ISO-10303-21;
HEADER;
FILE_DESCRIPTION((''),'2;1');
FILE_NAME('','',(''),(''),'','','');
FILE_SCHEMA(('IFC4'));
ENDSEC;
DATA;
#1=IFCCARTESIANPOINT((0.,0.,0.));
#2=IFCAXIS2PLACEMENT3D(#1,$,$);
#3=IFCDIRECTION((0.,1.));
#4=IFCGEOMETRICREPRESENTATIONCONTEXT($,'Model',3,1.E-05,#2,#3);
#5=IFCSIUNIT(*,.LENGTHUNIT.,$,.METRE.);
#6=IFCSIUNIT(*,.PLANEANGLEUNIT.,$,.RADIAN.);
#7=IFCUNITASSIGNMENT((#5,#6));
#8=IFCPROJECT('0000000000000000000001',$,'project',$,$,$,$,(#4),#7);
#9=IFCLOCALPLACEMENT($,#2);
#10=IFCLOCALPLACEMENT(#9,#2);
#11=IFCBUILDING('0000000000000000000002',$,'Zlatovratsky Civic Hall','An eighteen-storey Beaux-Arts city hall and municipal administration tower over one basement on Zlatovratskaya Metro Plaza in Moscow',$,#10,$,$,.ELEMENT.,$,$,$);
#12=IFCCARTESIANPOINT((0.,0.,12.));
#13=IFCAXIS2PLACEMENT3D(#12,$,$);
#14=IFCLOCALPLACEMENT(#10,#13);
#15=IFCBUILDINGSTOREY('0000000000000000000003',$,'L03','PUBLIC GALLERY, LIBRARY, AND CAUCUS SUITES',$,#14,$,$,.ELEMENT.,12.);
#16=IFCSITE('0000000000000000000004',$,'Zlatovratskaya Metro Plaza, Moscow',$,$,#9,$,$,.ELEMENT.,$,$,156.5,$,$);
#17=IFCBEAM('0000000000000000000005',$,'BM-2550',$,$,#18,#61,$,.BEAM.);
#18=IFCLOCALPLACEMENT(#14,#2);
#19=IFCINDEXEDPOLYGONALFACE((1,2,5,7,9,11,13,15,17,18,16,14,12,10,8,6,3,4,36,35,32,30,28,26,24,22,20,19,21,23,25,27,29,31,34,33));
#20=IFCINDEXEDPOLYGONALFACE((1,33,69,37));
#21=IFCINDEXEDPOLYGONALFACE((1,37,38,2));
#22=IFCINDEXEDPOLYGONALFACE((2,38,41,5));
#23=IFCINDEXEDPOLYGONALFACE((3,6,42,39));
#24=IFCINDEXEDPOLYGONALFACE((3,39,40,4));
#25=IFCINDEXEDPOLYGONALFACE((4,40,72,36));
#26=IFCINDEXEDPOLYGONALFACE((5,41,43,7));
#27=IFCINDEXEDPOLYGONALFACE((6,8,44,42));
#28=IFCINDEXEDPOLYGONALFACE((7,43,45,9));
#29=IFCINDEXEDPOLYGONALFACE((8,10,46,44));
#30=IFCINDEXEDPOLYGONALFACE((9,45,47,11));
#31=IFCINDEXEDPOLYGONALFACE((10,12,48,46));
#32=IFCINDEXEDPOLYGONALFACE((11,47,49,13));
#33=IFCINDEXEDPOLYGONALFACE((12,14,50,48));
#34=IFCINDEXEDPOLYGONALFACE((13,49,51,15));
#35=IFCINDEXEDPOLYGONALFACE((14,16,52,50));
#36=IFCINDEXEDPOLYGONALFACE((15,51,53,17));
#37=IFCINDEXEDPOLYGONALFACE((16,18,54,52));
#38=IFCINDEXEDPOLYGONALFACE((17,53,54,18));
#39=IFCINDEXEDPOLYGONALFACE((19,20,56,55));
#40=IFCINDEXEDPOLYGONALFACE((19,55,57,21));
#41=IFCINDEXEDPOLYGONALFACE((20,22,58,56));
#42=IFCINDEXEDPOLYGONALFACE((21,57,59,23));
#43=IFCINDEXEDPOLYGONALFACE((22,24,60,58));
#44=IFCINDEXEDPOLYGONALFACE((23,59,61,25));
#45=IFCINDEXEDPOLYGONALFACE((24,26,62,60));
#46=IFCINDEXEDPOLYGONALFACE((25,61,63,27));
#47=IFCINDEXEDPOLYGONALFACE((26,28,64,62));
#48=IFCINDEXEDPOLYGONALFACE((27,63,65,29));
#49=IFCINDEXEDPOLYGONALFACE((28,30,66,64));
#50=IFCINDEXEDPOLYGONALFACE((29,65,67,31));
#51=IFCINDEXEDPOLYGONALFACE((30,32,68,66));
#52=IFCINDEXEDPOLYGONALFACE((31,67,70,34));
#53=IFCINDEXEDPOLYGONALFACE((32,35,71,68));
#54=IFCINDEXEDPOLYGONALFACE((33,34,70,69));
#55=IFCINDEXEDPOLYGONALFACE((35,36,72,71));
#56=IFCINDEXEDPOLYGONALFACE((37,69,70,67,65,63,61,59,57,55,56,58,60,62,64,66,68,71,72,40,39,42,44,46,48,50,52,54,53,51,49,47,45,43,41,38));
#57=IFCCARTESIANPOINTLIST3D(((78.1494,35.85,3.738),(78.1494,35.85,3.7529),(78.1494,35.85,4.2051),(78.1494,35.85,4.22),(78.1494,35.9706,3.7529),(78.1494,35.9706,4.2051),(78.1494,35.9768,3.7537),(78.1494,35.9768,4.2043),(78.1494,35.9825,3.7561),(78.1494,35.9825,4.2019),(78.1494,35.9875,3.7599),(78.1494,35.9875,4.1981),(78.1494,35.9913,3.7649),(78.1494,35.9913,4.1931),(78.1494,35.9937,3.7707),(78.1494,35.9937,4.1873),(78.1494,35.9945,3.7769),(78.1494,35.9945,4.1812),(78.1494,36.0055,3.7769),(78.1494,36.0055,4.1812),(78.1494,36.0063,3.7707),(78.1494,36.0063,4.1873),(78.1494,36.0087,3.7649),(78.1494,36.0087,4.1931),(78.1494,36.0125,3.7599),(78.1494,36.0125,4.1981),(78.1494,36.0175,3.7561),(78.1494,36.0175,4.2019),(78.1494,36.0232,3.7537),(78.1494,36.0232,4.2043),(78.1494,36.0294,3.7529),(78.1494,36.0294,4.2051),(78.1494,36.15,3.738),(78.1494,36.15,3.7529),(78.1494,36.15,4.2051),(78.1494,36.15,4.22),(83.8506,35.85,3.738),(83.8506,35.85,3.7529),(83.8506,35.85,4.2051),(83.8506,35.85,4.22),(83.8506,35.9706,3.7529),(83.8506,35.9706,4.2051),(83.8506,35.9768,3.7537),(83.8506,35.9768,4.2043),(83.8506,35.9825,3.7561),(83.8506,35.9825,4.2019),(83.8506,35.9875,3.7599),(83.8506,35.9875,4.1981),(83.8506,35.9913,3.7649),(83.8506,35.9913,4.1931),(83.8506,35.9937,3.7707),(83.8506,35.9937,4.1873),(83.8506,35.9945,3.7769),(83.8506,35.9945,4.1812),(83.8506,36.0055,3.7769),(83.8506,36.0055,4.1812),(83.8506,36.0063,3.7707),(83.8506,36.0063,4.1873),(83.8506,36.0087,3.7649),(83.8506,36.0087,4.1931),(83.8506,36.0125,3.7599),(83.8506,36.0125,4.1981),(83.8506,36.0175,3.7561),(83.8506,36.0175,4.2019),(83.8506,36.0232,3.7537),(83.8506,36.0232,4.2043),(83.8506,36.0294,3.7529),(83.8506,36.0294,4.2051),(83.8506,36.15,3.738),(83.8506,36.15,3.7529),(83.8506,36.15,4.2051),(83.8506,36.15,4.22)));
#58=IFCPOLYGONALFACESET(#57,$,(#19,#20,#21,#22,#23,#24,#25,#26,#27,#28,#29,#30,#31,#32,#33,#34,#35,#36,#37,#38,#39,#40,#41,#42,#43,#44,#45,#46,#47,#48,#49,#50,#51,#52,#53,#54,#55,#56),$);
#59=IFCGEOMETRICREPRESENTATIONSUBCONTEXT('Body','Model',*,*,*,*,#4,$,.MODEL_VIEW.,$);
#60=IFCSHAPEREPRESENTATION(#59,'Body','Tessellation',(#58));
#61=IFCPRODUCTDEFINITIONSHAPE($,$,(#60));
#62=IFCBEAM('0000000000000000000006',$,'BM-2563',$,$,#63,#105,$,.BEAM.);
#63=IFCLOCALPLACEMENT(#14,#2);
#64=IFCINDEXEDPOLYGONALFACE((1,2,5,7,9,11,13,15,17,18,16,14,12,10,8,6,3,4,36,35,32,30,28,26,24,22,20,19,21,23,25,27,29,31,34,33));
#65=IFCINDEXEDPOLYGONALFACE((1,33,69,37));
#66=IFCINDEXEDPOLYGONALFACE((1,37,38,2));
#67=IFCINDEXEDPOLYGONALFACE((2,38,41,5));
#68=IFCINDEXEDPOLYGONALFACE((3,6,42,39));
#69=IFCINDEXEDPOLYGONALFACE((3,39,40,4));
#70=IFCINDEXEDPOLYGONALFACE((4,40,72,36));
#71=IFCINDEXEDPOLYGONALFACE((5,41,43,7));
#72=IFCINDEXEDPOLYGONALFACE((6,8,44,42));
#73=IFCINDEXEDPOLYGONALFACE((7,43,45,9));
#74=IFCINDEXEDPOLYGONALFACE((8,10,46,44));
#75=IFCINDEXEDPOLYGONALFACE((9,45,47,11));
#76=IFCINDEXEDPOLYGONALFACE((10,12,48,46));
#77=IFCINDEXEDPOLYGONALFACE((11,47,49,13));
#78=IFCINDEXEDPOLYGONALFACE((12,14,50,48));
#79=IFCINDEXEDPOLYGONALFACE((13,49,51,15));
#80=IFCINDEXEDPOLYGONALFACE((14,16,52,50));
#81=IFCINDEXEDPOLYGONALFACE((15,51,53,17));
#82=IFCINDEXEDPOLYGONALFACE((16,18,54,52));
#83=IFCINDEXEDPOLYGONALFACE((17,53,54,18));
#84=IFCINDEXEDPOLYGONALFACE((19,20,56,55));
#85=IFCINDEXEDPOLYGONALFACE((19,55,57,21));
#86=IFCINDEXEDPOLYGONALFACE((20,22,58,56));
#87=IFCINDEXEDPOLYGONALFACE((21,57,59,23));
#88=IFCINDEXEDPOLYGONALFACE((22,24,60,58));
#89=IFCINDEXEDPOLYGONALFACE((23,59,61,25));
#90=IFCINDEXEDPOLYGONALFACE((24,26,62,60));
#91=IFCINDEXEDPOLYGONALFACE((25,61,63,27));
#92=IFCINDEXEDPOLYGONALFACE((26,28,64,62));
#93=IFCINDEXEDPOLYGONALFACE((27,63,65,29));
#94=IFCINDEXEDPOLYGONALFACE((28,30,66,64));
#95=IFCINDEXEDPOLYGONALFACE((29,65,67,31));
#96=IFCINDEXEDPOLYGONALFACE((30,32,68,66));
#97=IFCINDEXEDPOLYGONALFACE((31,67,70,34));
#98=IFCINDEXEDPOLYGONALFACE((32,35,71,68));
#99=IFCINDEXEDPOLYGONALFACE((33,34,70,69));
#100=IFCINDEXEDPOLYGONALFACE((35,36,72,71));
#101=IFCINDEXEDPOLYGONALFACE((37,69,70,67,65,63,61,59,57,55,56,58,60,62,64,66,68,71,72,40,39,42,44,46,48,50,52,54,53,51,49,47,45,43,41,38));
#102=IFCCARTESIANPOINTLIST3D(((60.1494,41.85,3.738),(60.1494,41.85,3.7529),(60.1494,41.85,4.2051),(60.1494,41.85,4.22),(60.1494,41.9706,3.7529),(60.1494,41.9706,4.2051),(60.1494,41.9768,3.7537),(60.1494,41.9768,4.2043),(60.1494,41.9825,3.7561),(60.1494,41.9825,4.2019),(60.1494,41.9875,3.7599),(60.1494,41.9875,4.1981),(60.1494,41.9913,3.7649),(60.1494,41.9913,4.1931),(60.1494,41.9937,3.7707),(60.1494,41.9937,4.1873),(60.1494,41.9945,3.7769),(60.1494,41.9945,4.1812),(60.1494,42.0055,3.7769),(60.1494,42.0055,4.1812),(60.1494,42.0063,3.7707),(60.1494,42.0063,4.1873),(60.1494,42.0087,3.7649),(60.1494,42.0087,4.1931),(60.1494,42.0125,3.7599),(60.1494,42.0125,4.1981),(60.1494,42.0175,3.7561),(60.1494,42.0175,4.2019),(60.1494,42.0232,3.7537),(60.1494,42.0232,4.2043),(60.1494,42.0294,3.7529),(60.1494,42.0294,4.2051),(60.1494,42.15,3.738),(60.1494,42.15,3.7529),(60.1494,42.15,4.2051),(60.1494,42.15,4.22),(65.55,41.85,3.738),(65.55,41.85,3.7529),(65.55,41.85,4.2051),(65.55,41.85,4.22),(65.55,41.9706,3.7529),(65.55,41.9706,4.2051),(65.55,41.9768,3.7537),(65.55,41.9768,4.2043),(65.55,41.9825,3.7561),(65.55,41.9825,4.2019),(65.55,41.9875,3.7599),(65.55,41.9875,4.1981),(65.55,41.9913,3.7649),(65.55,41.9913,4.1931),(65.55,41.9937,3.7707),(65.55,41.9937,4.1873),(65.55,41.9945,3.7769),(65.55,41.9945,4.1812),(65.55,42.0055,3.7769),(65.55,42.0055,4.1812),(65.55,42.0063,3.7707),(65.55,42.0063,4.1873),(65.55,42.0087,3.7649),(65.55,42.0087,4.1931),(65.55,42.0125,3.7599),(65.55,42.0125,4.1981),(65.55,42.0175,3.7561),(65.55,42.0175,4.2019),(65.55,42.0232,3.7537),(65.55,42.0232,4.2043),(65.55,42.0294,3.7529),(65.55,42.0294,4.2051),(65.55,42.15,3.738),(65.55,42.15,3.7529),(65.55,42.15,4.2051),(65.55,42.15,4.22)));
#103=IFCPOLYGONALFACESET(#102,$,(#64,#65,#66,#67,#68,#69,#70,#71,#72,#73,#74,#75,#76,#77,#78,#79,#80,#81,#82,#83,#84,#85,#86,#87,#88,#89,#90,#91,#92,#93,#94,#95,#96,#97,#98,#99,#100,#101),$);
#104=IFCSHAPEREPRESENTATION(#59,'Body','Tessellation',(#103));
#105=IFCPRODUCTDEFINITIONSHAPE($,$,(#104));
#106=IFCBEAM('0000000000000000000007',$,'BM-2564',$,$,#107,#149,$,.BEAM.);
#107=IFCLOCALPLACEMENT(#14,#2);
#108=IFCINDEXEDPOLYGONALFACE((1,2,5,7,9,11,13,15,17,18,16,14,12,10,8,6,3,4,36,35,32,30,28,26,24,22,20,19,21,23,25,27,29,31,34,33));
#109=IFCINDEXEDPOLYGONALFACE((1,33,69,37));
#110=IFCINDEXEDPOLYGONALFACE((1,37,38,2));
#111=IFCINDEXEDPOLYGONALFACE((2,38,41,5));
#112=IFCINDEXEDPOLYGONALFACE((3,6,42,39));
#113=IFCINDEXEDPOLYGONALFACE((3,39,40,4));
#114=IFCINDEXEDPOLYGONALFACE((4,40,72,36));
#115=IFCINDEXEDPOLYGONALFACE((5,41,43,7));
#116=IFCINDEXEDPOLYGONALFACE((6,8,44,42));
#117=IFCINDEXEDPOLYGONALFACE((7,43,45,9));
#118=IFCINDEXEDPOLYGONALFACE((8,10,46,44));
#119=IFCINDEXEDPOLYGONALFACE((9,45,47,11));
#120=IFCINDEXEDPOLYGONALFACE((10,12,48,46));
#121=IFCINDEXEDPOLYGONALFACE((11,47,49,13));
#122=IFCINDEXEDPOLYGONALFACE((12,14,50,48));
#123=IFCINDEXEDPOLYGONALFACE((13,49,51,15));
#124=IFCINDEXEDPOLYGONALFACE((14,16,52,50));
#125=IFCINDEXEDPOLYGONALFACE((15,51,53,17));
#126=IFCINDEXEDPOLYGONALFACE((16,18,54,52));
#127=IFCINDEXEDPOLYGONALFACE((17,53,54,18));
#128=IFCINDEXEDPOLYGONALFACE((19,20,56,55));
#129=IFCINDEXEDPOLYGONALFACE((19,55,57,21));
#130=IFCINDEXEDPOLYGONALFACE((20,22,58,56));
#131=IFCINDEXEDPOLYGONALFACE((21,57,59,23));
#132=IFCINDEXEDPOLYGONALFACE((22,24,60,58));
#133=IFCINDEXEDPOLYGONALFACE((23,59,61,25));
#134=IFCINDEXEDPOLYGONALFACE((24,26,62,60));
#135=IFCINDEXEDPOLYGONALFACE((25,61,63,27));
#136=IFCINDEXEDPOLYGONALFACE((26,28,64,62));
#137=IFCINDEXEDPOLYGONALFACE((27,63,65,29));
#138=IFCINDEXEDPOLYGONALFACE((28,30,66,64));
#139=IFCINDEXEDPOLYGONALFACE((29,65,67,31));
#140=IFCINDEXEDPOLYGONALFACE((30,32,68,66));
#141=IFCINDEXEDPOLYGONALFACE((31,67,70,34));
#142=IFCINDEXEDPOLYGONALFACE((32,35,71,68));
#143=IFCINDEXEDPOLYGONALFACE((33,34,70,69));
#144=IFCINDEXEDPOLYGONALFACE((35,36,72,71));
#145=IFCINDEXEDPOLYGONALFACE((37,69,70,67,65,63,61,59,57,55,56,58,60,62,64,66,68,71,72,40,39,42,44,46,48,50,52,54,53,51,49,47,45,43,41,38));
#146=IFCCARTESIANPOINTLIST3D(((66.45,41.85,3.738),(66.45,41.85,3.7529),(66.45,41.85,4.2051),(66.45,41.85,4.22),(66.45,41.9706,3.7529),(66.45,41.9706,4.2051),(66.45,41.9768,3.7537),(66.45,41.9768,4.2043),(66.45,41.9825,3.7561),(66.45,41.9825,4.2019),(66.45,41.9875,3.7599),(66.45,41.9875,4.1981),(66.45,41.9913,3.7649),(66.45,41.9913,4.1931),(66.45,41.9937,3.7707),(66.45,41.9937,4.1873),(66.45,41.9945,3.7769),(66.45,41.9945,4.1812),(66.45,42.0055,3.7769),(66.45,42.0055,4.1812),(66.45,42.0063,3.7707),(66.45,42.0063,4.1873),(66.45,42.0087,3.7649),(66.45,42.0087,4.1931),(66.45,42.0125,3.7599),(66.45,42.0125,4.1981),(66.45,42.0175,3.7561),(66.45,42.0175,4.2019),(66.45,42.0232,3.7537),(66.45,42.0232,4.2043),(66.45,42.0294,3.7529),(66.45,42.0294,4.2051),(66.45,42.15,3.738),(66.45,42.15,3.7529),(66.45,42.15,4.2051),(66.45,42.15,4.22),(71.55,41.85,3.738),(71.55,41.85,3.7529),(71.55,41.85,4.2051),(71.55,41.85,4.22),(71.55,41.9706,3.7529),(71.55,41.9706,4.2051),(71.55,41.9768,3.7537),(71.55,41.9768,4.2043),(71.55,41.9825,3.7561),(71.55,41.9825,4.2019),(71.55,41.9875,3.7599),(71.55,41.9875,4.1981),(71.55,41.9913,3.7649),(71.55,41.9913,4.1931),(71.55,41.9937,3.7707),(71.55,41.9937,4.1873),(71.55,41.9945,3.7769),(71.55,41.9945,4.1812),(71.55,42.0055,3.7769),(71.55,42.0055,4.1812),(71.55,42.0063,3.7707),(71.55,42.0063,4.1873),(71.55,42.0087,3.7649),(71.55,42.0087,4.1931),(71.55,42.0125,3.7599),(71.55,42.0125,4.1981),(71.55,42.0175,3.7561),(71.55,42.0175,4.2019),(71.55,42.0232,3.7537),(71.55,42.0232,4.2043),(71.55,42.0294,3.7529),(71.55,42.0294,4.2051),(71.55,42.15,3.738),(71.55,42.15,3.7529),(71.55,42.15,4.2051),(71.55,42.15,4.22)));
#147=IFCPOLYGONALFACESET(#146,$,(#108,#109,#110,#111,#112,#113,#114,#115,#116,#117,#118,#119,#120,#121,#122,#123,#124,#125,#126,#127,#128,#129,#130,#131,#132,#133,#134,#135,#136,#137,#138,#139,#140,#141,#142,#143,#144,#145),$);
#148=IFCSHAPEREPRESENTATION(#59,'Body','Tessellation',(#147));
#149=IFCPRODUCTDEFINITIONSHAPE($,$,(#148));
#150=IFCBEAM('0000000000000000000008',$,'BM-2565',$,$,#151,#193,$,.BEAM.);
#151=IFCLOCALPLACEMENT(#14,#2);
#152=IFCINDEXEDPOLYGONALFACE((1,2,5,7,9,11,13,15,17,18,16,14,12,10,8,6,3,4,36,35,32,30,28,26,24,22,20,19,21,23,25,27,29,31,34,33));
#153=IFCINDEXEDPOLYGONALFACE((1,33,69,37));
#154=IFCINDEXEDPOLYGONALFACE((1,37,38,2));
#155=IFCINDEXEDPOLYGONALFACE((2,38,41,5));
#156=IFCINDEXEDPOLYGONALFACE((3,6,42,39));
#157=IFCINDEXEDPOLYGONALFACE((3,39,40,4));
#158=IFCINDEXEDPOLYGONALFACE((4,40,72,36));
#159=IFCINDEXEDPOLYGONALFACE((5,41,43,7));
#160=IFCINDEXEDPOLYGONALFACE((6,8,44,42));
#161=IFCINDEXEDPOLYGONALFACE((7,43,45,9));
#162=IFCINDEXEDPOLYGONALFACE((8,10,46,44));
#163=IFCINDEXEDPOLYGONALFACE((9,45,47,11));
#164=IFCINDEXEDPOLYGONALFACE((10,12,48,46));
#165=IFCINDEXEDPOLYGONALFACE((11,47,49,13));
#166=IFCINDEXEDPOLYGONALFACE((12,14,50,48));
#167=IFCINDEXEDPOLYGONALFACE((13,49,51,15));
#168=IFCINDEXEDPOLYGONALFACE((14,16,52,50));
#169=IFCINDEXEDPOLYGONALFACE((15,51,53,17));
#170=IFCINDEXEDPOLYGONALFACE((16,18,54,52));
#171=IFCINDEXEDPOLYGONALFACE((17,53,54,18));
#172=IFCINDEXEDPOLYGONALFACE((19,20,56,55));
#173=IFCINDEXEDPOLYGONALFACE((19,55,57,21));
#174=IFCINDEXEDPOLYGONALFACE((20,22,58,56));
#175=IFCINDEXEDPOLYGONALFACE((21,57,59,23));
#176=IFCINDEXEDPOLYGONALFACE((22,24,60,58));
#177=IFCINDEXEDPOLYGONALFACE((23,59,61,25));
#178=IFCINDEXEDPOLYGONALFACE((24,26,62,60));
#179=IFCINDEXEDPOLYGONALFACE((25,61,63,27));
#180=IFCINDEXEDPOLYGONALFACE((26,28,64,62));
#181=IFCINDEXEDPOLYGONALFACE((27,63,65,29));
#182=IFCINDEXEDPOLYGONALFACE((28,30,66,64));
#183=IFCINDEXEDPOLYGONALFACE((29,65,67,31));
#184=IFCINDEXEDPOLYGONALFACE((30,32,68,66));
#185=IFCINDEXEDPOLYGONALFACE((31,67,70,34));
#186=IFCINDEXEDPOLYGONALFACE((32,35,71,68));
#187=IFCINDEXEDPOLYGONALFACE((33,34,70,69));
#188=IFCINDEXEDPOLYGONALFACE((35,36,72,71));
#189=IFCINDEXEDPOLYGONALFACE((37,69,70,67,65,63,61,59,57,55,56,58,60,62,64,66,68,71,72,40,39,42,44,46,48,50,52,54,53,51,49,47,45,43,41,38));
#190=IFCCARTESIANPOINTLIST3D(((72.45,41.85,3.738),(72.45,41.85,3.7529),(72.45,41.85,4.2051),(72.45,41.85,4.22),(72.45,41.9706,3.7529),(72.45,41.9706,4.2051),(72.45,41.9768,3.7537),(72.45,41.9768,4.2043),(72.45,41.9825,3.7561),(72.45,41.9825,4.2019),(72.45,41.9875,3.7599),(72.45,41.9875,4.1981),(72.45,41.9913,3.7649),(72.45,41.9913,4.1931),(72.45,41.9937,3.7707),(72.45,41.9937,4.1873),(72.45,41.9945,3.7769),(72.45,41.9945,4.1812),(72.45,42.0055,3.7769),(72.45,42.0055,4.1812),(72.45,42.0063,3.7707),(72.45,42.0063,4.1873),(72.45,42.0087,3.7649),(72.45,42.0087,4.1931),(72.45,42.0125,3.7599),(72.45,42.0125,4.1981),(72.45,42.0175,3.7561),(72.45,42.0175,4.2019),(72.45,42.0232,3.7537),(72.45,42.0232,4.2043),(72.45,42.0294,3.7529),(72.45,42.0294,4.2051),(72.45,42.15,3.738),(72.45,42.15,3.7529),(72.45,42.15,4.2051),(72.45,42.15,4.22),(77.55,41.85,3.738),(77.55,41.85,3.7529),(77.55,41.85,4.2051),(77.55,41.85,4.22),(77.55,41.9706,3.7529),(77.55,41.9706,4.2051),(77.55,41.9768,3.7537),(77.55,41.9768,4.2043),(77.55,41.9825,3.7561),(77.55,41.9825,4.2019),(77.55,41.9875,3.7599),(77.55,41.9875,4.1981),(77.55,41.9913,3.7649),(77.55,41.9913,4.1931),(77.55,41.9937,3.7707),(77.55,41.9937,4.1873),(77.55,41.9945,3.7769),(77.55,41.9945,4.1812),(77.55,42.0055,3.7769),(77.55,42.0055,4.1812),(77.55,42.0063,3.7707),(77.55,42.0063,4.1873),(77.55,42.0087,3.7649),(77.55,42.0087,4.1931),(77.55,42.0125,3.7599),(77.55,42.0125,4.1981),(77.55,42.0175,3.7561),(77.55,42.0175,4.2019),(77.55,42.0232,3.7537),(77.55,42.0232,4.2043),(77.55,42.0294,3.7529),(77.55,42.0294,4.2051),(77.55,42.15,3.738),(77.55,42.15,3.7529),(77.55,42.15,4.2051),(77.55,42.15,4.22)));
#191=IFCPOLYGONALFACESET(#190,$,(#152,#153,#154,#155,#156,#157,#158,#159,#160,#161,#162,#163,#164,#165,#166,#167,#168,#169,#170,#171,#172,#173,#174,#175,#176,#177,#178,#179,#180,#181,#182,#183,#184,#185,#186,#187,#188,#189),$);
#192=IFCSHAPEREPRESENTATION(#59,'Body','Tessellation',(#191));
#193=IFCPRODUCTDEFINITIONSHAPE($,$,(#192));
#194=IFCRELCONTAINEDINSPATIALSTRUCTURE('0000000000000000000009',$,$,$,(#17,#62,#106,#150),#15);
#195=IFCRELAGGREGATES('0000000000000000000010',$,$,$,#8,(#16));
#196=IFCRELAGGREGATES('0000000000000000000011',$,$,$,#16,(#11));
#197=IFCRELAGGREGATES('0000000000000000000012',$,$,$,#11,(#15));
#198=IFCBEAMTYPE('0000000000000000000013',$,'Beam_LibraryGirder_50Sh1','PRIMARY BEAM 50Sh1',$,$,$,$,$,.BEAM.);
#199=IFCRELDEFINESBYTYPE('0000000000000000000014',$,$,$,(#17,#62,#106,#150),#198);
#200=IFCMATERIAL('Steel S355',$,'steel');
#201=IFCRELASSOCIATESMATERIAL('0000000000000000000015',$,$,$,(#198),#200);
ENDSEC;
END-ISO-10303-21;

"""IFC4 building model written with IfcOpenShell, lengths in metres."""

from ifc_helpers import new_model, si_unit, direction, frame, origin, origin_2d, place, context, subcontext, project, spatial, i_section, extrude, material, material_profile, profile_set, type_object, element, save


model = new_model("IFC4")

# Units and contexts
model_context = context("Model", 3, precision=1e-05, world=origin(), true_north=direction((0.0, 1.0)))
body_context = subcontext(model_context, "Body", "Model", "MODEL_VIEW")
ifc_project = project(units=[si_unit("LENGTHUNIT", "METRE"), si_unit("PLANEANGLEUNIT", "RADIAN")], contexts=[model_context])

# Site, building, storey
site_placement = place(None, origin())
site = spatial("IfcSite", under=ifc_project, at=site_placement, Name="Zlatovratskaya Metro Plaza, Moscow", CompositionType="ELEMENT", RefElevation=156.5)
building_placement = place(site_placement, origin())
building = spatial("IfcBuilding", under=site, at=building_placement, Name="Zlatovratsky Civic Hall", Description="An eighteen-storey Beaux-Arts city hall and municipal administration tower over one basement on Zlatovratskaya Metro Plaza in Moscow", CompositionType="ELEMENT")
storey_placement = place(building_placement, frame((0.0, 0.0, 12.0)))
storey = spatial("IfcBuildingStorey", under=building, at=storey_placement, Name="L03", Description="PUBLIC GALLERY, LIBRARY, AND CAUCUS SUITES", CompositionType="ELEMENT", Elevation=12.0)

# Shared definitions
ifc_material_1 = material(Name="Steel S355", Category="steel")

# Beams
ifc_material_profile_1 = material_profile(ifc_material_1, i_section(OverallWidth=0.3, OverallDepth=0.4819, WebThickness=0.011, FlangeThickness=0.0149, FilletRadius=0.0239, at=origin_2d()), Name="50Sh1")
ifc_profile_set_1 = profile_set([ifc_material_profile_1], Name="Steel S355")
beam_type = type_object("IfcBeamType", Name="Beam_LibraryGirder_50Sh1", Description="PRIMARY BEAM 50Sh1", PredefinedType="BEAM", material=ifc_profile_set_1)
for number, where, z_axis, x_axis, name in (
    (1, (78.1494, 36.0, 3.979), (1.0, 0.0, 0.0), (0.0, 1.0, 0.0), "BM-2550"),
):
    element("IfcBeam", number, at=place(storey_placement, frame(where, z_axis=z_axis, x_axis=x_axis)), inside=storey, type_object=beam_type, Name=name, PredefinedType="BEAM", context=body_context, shape_type="SweptSolid", body=[
        extrude(i_section(OverallWidth=0.3, OverallDepth=0.4819, WebThickness=0.011, FlangeThickness=0.0149, FilletRadius=0.0239, at=origin_2d()), origin(), (0.0, 0.0, 1.0), 5.7012),
    ])
beam_1_placement = place(storey_placement, frame((60.1494, 42.0, 3.979), z_axis=(1.0, 0.0, 0.0), x_axis=(0.0, 1.0, 0.0)))
element("IfcBeam", 2, at=beam_1_placement, inside=storey, type_object=beam_type, Name="BM-2563", PredefinedType="BEAM", context=body_context, shape_type="SweptSolid", body=[
    extrude(i_section(OverallWidth=0.3, OverallDepth=0.4819, WebThickness=0.011, FlangeThickness=0.0149, FilletRadius=0.0239, at=origin_2d()), origin(), (0.0, 0.0, 1.0), 5.4006),
])
for number, where, z_axis, x_axis, name in (
    (3, (66.45, 42.0, 3.979), (1.0, 0.0, 0.0), (0.0, 1.0, 0.0), "BM-2564"),
    (4, (72.45, 42.0, 3.979), (1.0, 0.0, 0.0), (0.0, 1.0, 0.0), "BM-2565"),
):
    element("IfcBeam", number, at=place(storey_placement, frame(where, z_axis=z_axis, x_axis=x_axis)), inside=storey, type_object=beam_type, Name=name, PredefinedType="BEAM", context=body_context, shape_type="SweptSolid", body=[
        extrude(i_section(OverallWidth=0.3, OverallDepth=0.4819, WebThickness=0.011, FlangeThickness=0.0149, FilletRadius=0.0239, at=origin_2d()), origin(), (0.0, 0.0, 1.0), 5.1001),
    ])

save(model, "model.ifc")
